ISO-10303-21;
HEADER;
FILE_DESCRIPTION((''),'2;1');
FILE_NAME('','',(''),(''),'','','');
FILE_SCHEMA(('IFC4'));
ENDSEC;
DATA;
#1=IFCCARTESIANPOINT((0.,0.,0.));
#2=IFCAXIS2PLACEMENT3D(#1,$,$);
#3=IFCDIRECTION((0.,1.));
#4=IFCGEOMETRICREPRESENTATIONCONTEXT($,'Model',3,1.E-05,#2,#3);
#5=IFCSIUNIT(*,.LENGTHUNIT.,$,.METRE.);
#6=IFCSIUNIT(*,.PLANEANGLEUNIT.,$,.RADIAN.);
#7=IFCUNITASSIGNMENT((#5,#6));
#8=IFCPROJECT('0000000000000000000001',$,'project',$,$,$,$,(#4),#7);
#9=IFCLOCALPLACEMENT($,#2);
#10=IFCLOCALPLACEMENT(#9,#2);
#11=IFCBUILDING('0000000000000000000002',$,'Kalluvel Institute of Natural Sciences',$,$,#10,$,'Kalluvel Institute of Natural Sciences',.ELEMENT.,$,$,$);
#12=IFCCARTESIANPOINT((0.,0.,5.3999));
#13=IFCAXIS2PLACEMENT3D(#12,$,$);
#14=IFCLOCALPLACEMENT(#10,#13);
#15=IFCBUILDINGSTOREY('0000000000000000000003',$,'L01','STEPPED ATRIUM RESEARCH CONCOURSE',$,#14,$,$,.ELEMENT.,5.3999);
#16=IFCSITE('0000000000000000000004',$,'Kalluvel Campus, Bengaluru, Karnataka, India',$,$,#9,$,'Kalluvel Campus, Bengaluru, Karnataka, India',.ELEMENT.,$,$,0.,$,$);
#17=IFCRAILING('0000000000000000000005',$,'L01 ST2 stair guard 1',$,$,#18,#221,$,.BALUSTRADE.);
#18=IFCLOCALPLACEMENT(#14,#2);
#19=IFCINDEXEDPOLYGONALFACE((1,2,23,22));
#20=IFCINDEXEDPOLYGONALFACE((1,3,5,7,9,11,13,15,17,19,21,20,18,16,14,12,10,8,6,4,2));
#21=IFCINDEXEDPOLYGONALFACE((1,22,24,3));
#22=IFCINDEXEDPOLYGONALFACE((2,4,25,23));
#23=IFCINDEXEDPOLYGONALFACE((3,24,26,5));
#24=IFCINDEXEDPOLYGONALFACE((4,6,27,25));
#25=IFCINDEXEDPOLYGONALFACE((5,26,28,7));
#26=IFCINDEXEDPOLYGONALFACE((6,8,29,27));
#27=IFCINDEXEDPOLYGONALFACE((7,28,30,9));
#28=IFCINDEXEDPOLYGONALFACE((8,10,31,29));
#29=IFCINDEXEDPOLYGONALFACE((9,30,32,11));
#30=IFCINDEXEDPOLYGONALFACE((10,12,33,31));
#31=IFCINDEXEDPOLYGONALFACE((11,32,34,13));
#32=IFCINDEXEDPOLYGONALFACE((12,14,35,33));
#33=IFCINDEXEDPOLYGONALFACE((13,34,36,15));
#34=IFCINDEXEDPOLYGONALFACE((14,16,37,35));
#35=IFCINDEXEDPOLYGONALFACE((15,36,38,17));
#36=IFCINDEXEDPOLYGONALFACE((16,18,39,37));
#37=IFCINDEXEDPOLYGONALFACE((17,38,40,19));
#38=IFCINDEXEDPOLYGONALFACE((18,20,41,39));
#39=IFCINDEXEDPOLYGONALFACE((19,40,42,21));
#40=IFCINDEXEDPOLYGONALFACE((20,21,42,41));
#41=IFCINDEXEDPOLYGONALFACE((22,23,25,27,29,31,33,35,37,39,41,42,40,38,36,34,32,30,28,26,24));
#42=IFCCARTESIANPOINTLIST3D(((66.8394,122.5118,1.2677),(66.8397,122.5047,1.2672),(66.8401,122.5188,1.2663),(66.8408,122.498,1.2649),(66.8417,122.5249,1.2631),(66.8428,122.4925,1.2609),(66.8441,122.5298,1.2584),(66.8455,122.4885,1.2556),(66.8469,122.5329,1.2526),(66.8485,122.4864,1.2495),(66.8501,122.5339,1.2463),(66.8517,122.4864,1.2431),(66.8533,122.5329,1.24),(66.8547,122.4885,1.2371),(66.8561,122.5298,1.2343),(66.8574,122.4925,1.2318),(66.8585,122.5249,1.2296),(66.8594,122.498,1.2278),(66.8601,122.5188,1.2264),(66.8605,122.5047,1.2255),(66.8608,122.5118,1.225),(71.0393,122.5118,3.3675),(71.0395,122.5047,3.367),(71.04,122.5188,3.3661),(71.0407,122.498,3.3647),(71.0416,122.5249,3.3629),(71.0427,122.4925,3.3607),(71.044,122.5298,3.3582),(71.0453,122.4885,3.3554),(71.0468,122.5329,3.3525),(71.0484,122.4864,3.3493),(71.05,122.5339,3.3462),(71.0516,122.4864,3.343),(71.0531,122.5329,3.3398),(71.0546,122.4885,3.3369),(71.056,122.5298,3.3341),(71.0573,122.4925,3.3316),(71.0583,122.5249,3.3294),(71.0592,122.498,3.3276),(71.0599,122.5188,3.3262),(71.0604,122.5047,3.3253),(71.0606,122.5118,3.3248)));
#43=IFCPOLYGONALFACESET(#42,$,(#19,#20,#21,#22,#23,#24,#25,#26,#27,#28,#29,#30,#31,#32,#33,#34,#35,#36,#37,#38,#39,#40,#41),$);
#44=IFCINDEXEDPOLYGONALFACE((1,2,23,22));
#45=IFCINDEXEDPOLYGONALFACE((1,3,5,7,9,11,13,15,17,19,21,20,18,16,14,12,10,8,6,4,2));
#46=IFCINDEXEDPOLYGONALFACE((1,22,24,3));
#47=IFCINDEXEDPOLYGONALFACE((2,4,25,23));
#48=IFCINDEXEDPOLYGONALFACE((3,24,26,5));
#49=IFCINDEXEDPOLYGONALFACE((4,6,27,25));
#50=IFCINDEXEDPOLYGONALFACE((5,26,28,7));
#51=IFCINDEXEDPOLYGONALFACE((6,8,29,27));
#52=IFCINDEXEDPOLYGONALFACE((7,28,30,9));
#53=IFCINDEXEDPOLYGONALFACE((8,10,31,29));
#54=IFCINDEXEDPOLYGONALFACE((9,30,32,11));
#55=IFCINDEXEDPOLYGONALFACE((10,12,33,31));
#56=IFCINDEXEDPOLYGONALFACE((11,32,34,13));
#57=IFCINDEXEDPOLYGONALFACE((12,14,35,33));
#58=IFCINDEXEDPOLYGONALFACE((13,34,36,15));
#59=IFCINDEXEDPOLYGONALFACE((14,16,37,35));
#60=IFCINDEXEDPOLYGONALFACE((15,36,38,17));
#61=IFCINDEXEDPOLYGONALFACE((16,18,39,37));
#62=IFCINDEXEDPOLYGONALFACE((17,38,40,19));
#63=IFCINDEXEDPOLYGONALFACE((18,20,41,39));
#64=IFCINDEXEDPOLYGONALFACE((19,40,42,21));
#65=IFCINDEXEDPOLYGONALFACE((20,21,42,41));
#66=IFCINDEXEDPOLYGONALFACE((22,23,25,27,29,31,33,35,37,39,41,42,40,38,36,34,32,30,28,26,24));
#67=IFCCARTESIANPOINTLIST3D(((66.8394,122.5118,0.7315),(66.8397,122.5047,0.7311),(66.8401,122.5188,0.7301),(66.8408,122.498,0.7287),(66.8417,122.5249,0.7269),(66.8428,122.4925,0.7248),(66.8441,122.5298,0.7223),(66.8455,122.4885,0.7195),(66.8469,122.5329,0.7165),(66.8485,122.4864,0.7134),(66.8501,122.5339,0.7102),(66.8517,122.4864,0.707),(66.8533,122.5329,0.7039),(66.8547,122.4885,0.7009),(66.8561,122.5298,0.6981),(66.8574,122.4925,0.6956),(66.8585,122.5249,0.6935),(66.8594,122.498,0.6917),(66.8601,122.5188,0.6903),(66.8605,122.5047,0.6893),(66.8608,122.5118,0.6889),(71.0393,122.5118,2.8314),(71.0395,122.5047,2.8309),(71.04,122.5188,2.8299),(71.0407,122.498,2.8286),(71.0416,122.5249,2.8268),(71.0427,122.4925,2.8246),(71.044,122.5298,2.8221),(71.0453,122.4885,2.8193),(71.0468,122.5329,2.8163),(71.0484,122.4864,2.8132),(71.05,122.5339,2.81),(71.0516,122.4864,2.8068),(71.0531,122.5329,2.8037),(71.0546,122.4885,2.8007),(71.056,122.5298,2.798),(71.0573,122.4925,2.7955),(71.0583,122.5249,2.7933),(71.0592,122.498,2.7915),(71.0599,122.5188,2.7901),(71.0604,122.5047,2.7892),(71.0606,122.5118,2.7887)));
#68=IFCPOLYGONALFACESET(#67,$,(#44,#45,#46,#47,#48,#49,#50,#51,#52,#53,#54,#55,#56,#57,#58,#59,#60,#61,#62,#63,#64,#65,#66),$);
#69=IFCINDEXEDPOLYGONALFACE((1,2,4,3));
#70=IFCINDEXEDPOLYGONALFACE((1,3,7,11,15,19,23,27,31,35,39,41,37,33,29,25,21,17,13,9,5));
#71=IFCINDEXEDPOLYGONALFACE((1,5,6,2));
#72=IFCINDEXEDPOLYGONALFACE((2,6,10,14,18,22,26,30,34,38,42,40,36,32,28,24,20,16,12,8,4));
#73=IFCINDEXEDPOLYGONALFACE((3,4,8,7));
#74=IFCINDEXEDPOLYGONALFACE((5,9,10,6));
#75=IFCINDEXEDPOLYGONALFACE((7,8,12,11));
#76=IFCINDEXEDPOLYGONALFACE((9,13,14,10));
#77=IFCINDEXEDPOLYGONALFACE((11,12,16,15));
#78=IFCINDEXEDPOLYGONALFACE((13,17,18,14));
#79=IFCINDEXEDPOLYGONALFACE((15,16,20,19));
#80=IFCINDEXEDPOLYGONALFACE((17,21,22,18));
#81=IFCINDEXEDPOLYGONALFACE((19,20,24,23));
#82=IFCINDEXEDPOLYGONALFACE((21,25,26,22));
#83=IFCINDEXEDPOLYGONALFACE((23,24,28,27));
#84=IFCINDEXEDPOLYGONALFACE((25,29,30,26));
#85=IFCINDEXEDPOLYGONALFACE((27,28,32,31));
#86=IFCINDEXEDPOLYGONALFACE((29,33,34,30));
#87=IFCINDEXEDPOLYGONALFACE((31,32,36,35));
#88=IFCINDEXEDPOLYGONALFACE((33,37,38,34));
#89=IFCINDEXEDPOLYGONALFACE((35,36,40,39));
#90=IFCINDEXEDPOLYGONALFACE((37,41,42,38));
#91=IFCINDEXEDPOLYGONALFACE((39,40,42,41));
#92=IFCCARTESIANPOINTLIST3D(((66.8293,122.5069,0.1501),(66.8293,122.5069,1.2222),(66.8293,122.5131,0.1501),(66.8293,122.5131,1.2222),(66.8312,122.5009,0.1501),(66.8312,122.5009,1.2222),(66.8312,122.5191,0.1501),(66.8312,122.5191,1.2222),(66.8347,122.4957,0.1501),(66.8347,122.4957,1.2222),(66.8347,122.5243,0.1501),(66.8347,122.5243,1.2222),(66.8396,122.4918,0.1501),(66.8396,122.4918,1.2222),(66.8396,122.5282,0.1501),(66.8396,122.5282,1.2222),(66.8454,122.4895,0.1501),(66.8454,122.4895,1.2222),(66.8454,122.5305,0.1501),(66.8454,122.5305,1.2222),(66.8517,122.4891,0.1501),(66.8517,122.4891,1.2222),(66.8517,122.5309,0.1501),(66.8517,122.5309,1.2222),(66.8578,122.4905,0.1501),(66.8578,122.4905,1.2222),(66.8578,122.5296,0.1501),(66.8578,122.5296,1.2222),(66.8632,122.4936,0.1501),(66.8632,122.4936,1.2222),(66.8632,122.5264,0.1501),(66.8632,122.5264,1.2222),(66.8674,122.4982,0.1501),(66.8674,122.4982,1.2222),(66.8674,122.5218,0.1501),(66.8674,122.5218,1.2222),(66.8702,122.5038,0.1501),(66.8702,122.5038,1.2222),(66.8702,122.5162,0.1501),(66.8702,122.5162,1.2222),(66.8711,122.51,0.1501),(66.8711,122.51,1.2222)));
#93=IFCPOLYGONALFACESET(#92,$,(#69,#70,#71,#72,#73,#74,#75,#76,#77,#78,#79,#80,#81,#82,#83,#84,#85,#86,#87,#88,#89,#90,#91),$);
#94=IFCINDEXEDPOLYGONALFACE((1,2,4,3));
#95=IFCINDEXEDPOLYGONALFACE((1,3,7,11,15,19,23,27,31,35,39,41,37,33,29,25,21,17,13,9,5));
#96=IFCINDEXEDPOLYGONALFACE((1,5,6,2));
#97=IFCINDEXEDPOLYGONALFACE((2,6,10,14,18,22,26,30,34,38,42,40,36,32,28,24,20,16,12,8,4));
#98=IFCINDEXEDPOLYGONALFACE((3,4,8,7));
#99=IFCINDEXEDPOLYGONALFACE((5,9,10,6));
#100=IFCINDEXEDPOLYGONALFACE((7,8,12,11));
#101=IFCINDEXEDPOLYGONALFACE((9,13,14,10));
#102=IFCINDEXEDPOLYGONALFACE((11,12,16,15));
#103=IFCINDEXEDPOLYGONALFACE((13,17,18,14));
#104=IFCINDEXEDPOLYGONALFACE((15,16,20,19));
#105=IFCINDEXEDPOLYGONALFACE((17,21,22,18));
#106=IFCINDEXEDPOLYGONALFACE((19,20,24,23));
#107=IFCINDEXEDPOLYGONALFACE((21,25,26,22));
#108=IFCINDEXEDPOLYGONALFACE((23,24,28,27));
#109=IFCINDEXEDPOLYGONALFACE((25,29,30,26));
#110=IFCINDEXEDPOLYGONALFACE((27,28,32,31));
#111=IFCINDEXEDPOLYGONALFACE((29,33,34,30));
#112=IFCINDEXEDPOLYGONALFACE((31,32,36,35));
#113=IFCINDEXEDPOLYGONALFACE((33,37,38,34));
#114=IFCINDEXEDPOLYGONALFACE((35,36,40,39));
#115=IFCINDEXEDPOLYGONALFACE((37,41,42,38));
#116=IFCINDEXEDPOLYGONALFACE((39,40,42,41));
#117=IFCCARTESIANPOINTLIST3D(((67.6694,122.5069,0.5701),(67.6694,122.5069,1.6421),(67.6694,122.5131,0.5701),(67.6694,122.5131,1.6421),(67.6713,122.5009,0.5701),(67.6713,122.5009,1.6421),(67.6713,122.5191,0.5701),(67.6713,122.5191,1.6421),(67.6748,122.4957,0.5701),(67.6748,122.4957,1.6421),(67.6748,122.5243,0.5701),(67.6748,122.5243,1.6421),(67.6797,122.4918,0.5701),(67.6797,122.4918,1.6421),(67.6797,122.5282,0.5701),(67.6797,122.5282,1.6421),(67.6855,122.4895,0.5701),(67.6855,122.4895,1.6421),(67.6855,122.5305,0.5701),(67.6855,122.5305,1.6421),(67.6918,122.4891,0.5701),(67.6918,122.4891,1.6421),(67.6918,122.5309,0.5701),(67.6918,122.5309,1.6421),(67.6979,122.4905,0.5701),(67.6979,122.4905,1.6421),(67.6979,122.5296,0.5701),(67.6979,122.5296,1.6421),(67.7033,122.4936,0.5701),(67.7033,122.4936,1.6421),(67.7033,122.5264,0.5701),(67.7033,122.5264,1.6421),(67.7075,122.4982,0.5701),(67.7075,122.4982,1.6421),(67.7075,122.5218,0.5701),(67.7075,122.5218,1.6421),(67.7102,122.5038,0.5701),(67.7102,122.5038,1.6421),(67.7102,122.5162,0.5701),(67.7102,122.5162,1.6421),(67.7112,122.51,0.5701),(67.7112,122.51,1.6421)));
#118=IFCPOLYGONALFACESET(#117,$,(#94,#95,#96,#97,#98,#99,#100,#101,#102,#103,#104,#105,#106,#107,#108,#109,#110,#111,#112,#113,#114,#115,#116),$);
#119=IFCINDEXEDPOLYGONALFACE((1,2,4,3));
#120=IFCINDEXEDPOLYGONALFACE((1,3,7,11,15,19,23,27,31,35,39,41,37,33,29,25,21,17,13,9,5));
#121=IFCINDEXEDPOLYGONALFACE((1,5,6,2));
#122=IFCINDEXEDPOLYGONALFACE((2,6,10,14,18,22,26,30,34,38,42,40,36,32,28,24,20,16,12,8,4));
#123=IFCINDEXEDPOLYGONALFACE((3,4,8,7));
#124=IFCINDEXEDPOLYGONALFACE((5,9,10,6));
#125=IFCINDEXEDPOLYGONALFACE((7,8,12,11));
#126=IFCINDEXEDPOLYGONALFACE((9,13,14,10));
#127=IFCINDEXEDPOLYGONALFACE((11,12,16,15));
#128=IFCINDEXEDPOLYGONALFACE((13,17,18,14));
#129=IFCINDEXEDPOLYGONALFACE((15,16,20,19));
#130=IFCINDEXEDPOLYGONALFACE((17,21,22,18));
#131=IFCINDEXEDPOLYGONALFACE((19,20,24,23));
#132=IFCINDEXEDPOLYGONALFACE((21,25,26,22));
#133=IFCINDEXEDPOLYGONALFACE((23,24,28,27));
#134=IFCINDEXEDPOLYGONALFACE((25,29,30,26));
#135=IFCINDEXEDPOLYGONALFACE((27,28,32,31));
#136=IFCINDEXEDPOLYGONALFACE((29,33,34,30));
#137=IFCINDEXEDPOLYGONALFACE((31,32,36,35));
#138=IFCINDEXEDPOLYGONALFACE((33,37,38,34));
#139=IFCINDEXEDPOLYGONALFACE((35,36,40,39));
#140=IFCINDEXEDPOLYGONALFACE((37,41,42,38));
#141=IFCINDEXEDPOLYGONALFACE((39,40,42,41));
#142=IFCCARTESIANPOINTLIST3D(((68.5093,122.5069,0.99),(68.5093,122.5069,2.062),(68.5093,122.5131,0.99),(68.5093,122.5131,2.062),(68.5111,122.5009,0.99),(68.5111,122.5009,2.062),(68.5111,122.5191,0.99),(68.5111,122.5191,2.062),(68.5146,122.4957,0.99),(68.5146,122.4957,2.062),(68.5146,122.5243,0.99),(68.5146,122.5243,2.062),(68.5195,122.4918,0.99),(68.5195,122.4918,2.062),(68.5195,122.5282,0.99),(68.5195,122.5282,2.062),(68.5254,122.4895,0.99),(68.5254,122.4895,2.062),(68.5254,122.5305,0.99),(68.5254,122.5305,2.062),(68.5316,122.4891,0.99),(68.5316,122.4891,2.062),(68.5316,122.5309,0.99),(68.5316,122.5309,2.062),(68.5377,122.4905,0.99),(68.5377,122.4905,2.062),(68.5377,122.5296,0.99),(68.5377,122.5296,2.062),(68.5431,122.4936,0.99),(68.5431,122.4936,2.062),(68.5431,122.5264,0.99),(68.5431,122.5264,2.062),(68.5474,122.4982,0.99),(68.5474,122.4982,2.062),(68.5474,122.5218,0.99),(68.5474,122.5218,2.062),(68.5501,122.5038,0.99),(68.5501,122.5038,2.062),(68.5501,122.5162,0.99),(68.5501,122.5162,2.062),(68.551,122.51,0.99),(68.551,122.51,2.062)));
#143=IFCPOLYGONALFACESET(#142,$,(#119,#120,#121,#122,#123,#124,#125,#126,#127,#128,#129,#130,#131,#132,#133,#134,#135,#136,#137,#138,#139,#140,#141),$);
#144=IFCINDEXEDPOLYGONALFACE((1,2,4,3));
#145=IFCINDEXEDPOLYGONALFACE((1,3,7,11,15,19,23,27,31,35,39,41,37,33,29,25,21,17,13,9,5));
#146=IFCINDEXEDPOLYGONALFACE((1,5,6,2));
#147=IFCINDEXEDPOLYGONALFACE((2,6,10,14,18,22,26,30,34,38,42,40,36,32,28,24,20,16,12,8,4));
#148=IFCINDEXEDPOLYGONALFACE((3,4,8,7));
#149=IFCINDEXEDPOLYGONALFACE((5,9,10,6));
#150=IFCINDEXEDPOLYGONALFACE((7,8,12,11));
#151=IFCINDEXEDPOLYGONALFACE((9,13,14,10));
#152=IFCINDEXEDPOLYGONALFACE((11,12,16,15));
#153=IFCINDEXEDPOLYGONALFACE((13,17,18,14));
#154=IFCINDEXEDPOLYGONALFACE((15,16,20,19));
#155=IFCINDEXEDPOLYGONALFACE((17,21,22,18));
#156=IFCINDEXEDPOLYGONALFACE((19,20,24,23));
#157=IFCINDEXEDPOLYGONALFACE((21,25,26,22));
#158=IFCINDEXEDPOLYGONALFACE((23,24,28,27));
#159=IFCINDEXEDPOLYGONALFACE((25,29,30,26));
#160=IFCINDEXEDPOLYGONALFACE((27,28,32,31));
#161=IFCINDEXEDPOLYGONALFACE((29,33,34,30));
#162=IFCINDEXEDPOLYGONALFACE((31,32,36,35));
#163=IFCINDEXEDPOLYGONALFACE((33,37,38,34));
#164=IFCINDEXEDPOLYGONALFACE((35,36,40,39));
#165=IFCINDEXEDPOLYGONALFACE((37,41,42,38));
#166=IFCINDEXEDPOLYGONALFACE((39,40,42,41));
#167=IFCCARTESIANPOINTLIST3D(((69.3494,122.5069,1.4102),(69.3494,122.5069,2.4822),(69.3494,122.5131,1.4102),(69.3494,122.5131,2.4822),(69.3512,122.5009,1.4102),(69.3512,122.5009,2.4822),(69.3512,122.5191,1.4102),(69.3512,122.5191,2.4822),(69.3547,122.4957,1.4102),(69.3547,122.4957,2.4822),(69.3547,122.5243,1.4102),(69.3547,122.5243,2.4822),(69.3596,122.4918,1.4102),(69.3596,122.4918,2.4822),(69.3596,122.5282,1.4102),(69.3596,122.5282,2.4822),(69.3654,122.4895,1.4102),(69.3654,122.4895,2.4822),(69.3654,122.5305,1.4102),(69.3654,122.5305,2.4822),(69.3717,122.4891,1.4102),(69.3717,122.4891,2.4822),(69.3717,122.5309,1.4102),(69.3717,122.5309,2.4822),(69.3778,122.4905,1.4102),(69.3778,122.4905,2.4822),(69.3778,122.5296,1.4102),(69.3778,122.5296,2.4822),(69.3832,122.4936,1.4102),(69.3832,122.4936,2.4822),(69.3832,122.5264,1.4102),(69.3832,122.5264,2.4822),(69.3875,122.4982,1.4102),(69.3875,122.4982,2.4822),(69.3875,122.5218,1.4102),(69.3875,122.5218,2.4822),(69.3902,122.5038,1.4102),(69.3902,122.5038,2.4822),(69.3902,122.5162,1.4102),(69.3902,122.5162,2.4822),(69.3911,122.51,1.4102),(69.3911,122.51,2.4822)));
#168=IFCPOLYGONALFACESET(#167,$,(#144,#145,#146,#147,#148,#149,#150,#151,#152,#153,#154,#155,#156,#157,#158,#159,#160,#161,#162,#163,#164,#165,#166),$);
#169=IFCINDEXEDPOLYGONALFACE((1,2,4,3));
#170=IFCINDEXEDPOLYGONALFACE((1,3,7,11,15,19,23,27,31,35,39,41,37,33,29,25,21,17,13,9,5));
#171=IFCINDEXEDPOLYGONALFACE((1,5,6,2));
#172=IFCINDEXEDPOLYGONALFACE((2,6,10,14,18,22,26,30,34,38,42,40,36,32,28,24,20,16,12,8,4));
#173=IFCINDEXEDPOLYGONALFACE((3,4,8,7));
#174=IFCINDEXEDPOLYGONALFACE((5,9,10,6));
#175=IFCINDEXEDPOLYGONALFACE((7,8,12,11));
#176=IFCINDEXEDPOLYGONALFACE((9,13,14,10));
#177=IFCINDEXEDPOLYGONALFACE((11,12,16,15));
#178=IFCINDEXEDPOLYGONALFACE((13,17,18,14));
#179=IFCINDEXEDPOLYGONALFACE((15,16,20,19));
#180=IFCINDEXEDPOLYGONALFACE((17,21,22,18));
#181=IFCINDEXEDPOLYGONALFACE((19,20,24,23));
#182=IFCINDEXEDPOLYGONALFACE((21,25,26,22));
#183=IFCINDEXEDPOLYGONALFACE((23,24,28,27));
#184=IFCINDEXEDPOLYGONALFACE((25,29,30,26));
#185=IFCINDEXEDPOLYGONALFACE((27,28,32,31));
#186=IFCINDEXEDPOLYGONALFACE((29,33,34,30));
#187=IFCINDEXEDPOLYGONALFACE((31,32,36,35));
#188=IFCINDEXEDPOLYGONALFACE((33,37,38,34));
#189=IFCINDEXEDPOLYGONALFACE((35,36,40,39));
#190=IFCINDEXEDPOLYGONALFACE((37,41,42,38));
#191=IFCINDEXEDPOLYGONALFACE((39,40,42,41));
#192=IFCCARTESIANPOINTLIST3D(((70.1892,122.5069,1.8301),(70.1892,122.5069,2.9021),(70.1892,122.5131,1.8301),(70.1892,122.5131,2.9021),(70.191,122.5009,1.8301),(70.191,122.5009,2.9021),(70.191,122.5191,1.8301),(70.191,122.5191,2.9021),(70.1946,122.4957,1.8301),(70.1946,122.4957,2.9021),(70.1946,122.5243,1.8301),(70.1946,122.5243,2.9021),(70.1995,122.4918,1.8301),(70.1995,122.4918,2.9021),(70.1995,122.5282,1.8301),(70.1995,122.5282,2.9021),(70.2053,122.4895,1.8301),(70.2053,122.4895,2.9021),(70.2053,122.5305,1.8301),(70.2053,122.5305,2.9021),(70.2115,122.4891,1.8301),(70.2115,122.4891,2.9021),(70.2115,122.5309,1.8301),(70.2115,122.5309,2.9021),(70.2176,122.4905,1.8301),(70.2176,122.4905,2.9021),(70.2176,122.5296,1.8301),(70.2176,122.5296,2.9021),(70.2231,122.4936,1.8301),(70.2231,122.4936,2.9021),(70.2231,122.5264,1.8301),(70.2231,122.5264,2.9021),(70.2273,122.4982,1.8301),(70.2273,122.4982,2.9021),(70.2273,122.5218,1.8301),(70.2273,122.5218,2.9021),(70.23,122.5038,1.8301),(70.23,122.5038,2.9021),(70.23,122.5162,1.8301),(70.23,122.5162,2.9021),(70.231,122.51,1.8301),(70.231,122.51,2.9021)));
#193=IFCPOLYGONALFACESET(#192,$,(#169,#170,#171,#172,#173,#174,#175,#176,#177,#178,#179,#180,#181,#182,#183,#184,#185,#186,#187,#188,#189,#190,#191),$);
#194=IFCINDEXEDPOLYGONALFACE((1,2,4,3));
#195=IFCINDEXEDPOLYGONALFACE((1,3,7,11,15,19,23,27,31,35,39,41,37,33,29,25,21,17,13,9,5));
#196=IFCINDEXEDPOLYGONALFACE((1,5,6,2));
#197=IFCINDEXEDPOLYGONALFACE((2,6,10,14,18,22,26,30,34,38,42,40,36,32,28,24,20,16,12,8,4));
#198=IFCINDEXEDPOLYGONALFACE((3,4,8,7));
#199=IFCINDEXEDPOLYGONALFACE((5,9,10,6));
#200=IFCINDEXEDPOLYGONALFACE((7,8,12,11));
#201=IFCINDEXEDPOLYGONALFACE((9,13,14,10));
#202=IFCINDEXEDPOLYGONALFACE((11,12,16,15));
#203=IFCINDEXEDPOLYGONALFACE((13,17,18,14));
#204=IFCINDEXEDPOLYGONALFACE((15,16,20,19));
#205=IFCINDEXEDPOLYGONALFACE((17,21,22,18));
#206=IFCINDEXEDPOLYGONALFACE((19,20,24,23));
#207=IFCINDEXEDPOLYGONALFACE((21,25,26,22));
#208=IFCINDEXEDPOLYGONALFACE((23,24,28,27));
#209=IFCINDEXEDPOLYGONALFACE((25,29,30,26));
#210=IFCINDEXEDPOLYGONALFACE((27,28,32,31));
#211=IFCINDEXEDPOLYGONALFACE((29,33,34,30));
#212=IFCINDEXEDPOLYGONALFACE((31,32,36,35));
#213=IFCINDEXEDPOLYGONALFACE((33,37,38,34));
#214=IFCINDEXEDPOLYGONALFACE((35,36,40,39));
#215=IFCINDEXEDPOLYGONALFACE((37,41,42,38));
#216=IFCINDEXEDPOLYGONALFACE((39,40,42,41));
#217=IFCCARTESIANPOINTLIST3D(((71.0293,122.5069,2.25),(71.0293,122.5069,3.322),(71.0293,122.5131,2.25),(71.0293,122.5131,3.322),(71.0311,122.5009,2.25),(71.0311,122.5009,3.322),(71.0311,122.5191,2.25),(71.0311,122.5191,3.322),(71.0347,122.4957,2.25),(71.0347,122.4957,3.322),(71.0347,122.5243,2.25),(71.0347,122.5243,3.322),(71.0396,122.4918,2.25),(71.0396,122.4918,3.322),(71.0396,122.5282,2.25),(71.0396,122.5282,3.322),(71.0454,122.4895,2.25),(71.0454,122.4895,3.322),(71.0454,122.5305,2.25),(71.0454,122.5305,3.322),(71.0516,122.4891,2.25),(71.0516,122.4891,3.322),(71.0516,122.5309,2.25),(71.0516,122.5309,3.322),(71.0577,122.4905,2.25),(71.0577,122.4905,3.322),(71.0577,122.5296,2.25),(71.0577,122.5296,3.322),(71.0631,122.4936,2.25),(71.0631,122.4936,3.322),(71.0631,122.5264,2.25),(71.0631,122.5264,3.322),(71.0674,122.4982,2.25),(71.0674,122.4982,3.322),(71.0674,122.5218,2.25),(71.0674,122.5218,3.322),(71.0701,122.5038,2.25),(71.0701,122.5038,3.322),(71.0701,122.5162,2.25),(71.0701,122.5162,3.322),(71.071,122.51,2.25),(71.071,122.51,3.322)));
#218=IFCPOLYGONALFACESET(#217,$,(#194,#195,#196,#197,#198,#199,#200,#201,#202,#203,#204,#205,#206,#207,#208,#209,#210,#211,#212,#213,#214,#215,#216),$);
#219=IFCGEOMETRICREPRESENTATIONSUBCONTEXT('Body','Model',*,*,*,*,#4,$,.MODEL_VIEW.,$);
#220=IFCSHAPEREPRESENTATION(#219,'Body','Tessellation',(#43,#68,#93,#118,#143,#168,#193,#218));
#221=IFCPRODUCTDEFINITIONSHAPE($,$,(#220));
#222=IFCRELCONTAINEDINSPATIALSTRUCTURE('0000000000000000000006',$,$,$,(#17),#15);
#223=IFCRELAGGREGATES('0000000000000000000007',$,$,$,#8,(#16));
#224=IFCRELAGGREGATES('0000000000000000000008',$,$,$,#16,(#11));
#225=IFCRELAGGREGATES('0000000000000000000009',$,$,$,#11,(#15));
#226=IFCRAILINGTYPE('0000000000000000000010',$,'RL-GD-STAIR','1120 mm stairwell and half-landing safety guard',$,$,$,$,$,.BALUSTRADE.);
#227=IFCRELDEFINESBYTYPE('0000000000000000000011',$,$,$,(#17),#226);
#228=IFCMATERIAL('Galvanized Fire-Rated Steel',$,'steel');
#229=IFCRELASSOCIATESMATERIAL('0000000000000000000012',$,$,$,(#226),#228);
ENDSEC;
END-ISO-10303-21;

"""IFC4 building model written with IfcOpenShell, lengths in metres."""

from ifc_helpers import new_model, si_unit, direction, frame, origin, origin_2d, place, context, subcontext, project, spatial, circle, extrude, material, type_object, element, save


model = new_model("IFC4")

# Units and contexts
model_context = context("Model", 3, precision=1e-05, world=origin(), true_north=direction((0.0, 1.0)))
body_context = subcontext(model_context, "Body", "Model", "MODEL_VIEW")
ifc_project = project(units=[si_unit("LENGTHUNIT", "METRE"), si_unit("PLANEANGLEUNIT", "RADIAN")], contexts=[model_context])

# Site, building, storey
site_placement = place(None, origin())
site = spatial("IfcSite", under=ifc_project, at=site_placement, Name="Kalluvel Campus, Bengaluru, Karnataka, India", LongName="Kalluvel Campus, Bengaluru, Karnataka, India", CompositionType="ELEMENT", RefElevation=0.0)
building_placement = place(site_placement, origin())
building = spatial("IfcBuilding", under=site, at=building_placement, Name="Kalluvel Institute of Natural Sciences", LongName="Kalluvel Institute of Natural Sciences", CompositionType="ELEMENT")
storey_placement = place(building_placement, frame((0.0, 0.0, 5.3999)))
storey = spatial("IfcBuildingStorey", under=building, at=storey_placement, Name="L01", Description="STEPPED ATRIUM RESEARCH CONCOURSE", CompositionType="ELEMENT", Elevation=5.3999)

# Shared definitions
ifc_material_1 = material(Name="Galvanized Fire-Rated Steel", Category="steel")

# Railing
railing_type_1 = type_object("IfcRailingType", Name="RL-GD-STAIR", Description="1120 mm stairwell and half-landing safety guard", PredefinedType="BALUSTRADE", material=ifc_material_1)
railing_1_placement = place(storey_placement, frame((66.8501, 122.51, 0.1501)))
element("IfcRailing", 1, at=railing_1_placement, inside=storey, type_object=railing_type_1, Name="L01 ST2 stair guard 1", PredefinedType="BALUSTRADE", context=body_context, shape_type="SweptSolid", body=[
    extrude(circle(Radius=0.0239, at=origin_2d()), frame((0.0, 0.0, 1.0962), z_axis=(0.894438, 0.0, 0.447193), x_axis=(0.0, 1.0, 0.0)), (0.0, 0.0, 1.0), 4.6956),
    extrude(circle(Radius=0.0239, at=origin_2d()), frame((0.0, 0.0, 0.5601), z_axis=(0.894438, 0.0, 0.447193), x_axis=(0.0, 1.0, 0.0)), (0.0, 0.0, 1.0), 4.6956),
    extrude(circle(Radius=0.021, at=origin_2d()), origin(), (0.0, 0.0, 1.0), 1.072),
    extrude(circle(Radius=0.021, at=origin_2d()), frame((0.8401, 0.0, 0.4199)), (0.0, 0.0, 1.0), 1.072),
    extrude(circle(Radius=0.021, at=origin_2d()), frame((1.6799, 0.0, 0.8398)), (0.0, 0.0, 1.0), 1.072),
    extrude(circle(Radius=0.021, at=origin_2d()), frame((2.52, 0.0, 1.26)), (0.0, 0.0, 1.0), 1.072),
    extrude(circle(Radius=0.021, at=origin_2d()), frame((3.3599, 0.0, 1.6799)), (0.0, 0.0, 1.0), 1.072),
    extrude(circle(Radius=0.021, at=origin_2d()), frame((4.2, 0.0, 2.0999)), (0.0, 0.0, 1.0), 1.072),
])

save(model, "model.ifc")
